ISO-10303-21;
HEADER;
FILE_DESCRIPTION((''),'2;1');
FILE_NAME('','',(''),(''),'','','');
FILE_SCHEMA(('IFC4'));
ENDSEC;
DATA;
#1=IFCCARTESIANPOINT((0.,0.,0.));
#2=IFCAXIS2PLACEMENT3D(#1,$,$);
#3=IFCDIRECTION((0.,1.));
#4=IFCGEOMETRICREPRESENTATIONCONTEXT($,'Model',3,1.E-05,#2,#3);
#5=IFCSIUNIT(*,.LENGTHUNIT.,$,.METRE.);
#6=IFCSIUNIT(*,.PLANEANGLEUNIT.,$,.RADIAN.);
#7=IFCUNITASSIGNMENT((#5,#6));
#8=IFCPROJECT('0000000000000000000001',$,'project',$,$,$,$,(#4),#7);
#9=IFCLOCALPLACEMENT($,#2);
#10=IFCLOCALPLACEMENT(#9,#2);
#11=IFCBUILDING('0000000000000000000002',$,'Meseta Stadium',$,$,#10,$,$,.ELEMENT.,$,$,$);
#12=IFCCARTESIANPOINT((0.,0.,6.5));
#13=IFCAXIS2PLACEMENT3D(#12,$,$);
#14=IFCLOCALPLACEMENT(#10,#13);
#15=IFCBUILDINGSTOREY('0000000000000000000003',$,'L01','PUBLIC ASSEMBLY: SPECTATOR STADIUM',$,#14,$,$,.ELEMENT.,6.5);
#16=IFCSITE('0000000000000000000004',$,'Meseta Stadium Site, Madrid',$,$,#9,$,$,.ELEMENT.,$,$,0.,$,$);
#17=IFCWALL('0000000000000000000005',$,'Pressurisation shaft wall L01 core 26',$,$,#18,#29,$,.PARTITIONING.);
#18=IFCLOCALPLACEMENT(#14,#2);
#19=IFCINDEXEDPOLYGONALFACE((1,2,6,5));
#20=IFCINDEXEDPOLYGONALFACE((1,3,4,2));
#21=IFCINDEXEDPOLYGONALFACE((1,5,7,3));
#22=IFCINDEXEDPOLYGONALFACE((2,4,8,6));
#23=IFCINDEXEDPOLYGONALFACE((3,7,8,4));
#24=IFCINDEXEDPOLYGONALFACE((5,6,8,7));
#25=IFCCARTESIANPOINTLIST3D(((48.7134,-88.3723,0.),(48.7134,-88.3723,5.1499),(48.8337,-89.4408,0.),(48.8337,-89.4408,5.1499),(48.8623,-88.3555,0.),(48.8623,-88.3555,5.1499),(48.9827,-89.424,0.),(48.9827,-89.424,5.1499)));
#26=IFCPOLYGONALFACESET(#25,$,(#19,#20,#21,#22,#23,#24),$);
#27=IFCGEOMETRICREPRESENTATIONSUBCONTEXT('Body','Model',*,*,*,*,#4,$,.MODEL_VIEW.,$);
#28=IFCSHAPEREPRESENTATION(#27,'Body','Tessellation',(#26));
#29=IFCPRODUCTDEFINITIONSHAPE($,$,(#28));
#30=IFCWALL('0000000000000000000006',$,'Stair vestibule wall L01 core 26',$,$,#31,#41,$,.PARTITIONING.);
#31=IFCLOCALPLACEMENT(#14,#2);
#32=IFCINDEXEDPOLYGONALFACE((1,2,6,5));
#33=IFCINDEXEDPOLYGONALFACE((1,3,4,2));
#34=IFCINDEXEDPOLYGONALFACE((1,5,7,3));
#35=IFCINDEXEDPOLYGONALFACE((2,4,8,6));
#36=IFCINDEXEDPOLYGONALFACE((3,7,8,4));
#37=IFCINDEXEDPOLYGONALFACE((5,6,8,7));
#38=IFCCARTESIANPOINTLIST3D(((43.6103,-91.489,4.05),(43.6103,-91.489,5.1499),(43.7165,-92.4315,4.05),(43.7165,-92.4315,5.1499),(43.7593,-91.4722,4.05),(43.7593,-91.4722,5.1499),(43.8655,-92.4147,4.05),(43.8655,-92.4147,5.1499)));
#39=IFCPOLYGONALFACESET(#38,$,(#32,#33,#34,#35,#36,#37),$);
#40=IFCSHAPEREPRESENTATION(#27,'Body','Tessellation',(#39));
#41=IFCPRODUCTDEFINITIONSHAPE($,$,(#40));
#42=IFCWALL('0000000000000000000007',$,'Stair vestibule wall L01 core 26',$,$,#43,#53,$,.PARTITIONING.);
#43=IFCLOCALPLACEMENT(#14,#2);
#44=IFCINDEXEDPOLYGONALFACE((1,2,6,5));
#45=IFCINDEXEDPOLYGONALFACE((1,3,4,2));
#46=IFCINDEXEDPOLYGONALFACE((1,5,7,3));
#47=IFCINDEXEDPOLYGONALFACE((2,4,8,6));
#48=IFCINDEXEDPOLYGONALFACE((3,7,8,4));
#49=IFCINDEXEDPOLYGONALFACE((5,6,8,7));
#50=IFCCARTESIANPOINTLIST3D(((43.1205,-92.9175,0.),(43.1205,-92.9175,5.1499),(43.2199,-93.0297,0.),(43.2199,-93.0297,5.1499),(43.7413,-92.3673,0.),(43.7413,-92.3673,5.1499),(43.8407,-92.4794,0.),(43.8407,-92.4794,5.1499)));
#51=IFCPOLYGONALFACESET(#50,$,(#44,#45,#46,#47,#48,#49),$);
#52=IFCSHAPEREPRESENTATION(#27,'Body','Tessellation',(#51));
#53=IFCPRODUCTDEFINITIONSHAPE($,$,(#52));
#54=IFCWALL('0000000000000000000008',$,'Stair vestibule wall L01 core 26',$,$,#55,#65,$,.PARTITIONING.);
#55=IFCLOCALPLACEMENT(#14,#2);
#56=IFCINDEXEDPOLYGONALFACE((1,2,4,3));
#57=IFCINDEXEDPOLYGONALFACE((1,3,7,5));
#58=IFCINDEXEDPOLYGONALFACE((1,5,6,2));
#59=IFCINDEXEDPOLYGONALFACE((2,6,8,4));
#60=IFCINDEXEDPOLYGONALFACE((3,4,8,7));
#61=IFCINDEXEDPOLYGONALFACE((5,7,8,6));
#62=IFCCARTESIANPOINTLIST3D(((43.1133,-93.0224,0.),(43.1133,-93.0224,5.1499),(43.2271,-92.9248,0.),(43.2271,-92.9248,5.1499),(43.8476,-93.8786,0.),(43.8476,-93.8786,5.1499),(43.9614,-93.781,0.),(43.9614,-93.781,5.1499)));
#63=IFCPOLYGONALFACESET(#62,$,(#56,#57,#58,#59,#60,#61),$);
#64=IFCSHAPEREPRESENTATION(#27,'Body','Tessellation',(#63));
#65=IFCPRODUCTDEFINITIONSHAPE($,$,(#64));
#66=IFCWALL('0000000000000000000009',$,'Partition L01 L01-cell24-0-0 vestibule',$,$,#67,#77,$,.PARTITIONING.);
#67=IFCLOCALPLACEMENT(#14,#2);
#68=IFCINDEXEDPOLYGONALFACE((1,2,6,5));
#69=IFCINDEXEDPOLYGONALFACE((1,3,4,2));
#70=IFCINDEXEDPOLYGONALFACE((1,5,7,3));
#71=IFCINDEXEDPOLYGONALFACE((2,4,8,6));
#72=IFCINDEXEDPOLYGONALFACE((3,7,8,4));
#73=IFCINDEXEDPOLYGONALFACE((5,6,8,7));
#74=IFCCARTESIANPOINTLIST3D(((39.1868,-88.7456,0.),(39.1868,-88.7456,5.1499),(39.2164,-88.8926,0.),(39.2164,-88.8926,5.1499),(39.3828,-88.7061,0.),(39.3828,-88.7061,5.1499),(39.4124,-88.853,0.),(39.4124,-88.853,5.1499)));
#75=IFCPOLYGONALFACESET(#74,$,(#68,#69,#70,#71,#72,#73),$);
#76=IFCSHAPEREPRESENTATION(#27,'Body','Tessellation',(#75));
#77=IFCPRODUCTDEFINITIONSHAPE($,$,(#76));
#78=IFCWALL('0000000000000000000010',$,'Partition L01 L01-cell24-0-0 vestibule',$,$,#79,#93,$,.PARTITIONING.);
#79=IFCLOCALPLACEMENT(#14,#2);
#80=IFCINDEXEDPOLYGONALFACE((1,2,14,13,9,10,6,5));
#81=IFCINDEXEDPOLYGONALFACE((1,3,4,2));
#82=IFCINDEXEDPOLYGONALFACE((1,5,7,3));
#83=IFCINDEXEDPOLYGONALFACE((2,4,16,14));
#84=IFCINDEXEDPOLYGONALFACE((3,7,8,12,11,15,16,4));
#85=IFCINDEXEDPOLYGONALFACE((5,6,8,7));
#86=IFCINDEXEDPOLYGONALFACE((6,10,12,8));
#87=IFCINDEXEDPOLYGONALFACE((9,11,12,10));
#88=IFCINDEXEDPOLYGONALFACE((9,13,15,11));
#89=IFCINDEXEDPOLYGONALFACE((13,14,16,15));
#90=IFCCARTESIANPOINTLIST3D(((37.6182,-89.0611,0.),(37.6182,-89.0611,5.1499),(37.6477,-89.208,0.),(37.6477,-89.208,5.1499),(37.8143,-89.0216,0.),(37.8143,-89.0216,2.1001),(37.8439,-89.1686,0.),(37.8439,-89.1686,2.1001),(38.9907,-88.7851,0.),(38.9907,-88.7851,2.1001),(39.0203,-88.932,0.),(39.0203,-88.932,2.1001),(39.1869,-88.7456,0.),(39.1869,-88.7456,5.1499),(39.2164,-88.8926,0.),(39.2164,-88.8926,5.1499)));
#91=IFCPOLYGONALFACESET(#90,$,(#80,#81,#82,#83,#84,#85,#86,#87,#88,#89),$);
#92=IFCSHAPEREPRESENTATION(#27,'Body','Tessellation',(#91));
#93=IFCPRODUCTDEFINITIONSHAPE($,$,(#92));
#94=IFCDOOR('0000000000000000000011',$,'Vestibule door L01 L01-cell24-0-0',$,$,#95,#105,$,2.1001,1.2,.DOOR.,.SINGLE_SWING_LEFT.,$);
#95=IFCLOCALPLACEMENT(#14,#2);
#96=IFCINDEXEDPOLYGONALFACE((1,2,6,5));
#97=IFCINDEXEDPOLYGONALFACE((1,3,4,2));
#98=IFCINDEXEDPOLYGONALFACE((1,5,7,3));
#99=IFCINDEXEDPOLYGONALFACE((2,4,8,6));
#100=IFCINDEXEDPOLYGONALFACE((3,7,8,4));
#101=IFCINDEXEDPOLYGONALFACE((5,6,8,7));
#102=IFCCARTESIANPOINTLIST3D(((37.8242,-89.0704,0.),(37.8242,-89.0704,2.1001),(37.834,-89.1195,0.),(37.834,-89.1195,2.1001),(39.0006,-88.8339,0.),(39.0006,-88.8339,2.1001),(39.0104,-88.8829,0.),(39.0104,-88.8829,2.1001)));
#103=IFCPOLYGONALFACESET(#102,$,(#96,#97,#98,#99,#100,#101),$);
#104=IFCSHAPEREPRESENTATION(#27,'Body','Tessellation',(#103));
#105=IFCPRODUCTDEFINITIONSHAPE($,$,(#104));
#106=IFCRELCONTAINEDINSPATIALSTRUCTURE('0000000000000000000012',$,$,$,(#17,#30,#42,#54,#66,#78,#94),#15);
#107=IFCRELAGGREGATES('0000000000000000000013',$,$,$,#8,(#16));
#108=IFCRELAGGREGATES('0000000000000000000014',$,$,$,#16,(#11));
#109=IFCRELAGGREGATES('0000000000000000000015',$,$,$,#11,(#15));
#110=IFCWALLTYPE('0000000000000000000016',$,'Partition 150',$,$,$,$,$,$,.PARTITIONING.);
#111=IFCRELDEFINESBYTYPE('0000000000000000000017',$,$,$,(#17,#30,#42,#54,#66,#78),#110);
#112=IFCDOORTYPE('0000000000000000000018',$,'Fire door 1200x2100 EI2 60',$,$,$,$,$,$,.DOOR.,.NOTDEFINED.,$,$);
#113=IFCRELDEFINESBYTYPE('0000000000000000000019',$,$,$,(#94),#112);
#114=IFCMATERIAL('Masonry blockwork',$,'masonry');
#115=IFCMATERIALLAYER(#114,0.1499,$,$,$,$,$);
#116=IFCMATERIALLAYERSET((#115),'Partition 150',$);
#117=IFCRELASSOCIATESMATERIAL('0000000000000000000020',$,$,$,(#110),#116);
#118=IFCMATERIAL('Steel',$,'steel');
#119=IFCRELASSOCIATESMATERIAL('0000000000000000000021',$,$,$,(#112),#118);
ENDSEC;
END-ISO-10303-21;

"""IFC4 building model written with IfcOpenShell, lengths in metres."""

from ifc_helpers import new_model, si_unit, direction, frame, frame_2d, origin, place, context, subcontext, project, spatial, rectangle, extrude, material, layer, layer_set, type_object, element, fill, save


model = new_model("IFC4")

# Units and contexts
model_context = context("Model", 3, precision=1e-05, world=origin(), true_north=direction((0.0, 1.0)))
body_context = subcontext(model_context, "Body", "Model", "MODEL_VIEW")
ifc_project = project(units=[si_unit("LENGTHUNIT", "METRE"), si_unit("PLANEANGLEUNIT", "RADIAN")], contexts=[model_context])

# Site, building, storey
site_placement = place(None, origin())
site = spatial("IfcSite", under=ifc_project, at=site_placement, Name="Meseta Stadium Site, Madrid", CompositionType="ELEMENT", RefElevation=0.0)
building_placement = place(site_placement, origin())
building = spatial("IfcBuilding", under=site, at=building_placement, Name="Meseta Stadium", CompositionType="ELEMENT")
storey_placement = place(building_placement, frame((0.0, 0.0, 6.5)))
storey = spatial("IfcBuildingStorey", under=building, at=storey_placement, Name="L01", Description="PUBLIC ASSEMBLY: SPECTATOR STADIUM", CompositionType="ELEMENT", Elevation=6.5)

# Walls
ifc_material_1 = material(Name="Masonry blockwork", Category="masonry")
ifc_layer_1 = layer(ifc_material_1, 0.1499)
ifc_layer_set_1 = layer_set([ifc_layer_1], Name="Partition 150")
wall_type_1 = type_object("IfcWallType", Name="Partition 150", PredefinedType="PARTITIONING", material=ifc_layer_set_1)
wall_1_placement = place(storey_placement, frame((48.9082, -89.4324, 0.0), z_axis=(0.0, 0.0, 1.0), x_axis=(-0.111952, 0.993714, 0.0)))
element("IfcWall", 1, at=wall_1_placement, inside=storey, type_object=wall_type_1, Name="Pressurisation shaft wall L01 core 26", PredefinedType="PARTITIONING", context=body_context, shape_type="SweptSolid", body=[
    extrude(rectangle(XDim=1.0752, YDim=0.1499, at=frame_2d((0.5376, 0.0))), origin(), (0.0, 0.0, 1.0), 5.1499),
])
wall_2_placement = place(storey_placement, frame((43.6848, -91.4807, 4.05), z_axis=(0.0, 0.0, 1.0), x_axis=(0.111957, -0.993713, 0.0)))
element("IfcWall", 2, at=wall_2_placement, inside=storey, type_object=wall_type_1, Name="Stair vestibule wall L01 core 26", PredefinedType="PARTITIONING", context=body_context, shape_type="SweptSolid", body=[
    extrude(rectangle(XDim=0.9485, YDim=0.1499, at=frame_2d((0.4741, 0.0))), origin(), (0.0, 0.0, 1.0), 1.0999),
])
wall_3_placement = place(storey_placement, frame((43.791, -92.4233, 0.0), z_axis=(0.0, 0.0, 1.0), x_axis=(-0.74835, -0.663304, 0.0)))
element("IfcWall", 3, at=wall_3_placement, inside=storey, type_object=wall_type_1, Name="Stair vestibule wall L01 core 26", PredefinedType="PARTITIONING", context=body_context, shape_type="SweptSolid", body=[
    extrude(rectangle(XDim=0.8296, YDim=0.1499, at=frame_2d((0.4148, 0.0))), origin(), (0.0, 0.0, 1.0), 5.1499),
])
wall_4_placement = place(storey_placement, frame((43.1702, -92.9736, 0.0), z_axis=(0.0, 0.0, 1.0), x_axis=(0.651041, -0.759043, 0.0)))
element("IfcWall", 4, at=wall_4_placement, inside=storey, type_object=wall_type_1, Name="Stair vestibule wall L01 core 26", PredefinedType="PARTITIONING", context=body_context, shape_type="SweptSolid", body=[
    extrude(rectangle(XDim=1.1279, YDim=0.1499, at=frame_2d((0.564, 0.0))), origin(), (0.0, 0.0, 1.0), 5.1499),
])
wall_5_placement = place(storey_placement, frame((39.3977, -88.7795, 0.0), z_axis=(0.0, 0.0, 1.0), x_axis=(-0.980251, -0.197759, 0.0)))
element("IfcWall", 5, at=wall_5_placement, inside=storey, type_object=wall_type_1, Name="Partition L01 L01-cell24-0-0 vestibule", PredefinedType="PARTITIONING", context=body_context, shape_type="SweptSolid", body=[
    extrude(rectangle(XDim=0.2, YDim=0.1499, at=frame_2d((0.1001, 0.0))), origin(), (0.0, 0.0, 1.0), 5.1499),
])

# Wall, opening, door
wall_6_placement = place(storey_placement, frame((39.2017, -88.8191, 0.0), z_axis=(0.0, 0.0, 1.0), x_axis=(-0.980375, -0.197143, 0.0)))
wall_6 = element("IfcWall", 6, at=wall_6_placement, inside=storey, type_object=wall_type_1, Name="Partition L01 L01-cell24-0-0 vestibule", PredefinedType="PARTITIONING", context=body_context, shape_type="SweptSolid", body=[
    extrude(rectangle(XDim=1.6001, YDim=0.1499, at=frame_2d((0.8, 0.0))), origin(), (0.0, 0.0, 1.0), 5.1499),
])
opening_1_placement = place(wall_6_placement, frame((0.2, 0.0, 0.0)))
opening_1 = element("IfcOpeningElement", 7, at=opening_1_placement, cuts=wall_6, PredefinedType="OPENING", context=body_context, shape_type="SweptSolid", body=[
    extrude(rectangle(XDim=1.2, YDim=2.1001, at=frame_2d((0.6001, 1.05))), frame((0.0, 0.085, 0.0), z_axis=(0.0, -1.0, 0.0), x_axis=(1.0, 0.0, 0.0)), (0.0, 0.0, 1.0), 0.1699),
])
ifc_material_2 = material(Name="Steel", Category="steel")
door_type_1 = type_object("IfcDoorType", Name="Fire door 1200x2100 EI2 60", OperationType="NOTDEFINED", PredefinedType="DOOR", material=ifc_material_2)
door_1_placement = place(opening_1_placement, origin())
door_1 = element("IfcDoor", 8, at=door_1_placement, inside=storey, type_object=door_type_1, Name="Vestibule door L01 L01-cell24-0-0", OperationType="SINGLE_SWING_LEFT", OverallHeight=2.1001, OverallWidth=1.2, PredefinedType="DOOR", context=body_context, shape_type="SweptSolid", body=[
    extrude(rectangle(XDim=1.2, YDim=2.1001, at=frame_2d((0.6001, 1.05))), frame((0.0, 0.0249, 0.0), z_axis=(0.0, -1.0, 0.0), x_axis=(1.0, 0.0, 0.0)), (0.0, 0.0, 1.0), 0.05),
])
fill(opening_1, door_1)

save(model, "model.ifc")
